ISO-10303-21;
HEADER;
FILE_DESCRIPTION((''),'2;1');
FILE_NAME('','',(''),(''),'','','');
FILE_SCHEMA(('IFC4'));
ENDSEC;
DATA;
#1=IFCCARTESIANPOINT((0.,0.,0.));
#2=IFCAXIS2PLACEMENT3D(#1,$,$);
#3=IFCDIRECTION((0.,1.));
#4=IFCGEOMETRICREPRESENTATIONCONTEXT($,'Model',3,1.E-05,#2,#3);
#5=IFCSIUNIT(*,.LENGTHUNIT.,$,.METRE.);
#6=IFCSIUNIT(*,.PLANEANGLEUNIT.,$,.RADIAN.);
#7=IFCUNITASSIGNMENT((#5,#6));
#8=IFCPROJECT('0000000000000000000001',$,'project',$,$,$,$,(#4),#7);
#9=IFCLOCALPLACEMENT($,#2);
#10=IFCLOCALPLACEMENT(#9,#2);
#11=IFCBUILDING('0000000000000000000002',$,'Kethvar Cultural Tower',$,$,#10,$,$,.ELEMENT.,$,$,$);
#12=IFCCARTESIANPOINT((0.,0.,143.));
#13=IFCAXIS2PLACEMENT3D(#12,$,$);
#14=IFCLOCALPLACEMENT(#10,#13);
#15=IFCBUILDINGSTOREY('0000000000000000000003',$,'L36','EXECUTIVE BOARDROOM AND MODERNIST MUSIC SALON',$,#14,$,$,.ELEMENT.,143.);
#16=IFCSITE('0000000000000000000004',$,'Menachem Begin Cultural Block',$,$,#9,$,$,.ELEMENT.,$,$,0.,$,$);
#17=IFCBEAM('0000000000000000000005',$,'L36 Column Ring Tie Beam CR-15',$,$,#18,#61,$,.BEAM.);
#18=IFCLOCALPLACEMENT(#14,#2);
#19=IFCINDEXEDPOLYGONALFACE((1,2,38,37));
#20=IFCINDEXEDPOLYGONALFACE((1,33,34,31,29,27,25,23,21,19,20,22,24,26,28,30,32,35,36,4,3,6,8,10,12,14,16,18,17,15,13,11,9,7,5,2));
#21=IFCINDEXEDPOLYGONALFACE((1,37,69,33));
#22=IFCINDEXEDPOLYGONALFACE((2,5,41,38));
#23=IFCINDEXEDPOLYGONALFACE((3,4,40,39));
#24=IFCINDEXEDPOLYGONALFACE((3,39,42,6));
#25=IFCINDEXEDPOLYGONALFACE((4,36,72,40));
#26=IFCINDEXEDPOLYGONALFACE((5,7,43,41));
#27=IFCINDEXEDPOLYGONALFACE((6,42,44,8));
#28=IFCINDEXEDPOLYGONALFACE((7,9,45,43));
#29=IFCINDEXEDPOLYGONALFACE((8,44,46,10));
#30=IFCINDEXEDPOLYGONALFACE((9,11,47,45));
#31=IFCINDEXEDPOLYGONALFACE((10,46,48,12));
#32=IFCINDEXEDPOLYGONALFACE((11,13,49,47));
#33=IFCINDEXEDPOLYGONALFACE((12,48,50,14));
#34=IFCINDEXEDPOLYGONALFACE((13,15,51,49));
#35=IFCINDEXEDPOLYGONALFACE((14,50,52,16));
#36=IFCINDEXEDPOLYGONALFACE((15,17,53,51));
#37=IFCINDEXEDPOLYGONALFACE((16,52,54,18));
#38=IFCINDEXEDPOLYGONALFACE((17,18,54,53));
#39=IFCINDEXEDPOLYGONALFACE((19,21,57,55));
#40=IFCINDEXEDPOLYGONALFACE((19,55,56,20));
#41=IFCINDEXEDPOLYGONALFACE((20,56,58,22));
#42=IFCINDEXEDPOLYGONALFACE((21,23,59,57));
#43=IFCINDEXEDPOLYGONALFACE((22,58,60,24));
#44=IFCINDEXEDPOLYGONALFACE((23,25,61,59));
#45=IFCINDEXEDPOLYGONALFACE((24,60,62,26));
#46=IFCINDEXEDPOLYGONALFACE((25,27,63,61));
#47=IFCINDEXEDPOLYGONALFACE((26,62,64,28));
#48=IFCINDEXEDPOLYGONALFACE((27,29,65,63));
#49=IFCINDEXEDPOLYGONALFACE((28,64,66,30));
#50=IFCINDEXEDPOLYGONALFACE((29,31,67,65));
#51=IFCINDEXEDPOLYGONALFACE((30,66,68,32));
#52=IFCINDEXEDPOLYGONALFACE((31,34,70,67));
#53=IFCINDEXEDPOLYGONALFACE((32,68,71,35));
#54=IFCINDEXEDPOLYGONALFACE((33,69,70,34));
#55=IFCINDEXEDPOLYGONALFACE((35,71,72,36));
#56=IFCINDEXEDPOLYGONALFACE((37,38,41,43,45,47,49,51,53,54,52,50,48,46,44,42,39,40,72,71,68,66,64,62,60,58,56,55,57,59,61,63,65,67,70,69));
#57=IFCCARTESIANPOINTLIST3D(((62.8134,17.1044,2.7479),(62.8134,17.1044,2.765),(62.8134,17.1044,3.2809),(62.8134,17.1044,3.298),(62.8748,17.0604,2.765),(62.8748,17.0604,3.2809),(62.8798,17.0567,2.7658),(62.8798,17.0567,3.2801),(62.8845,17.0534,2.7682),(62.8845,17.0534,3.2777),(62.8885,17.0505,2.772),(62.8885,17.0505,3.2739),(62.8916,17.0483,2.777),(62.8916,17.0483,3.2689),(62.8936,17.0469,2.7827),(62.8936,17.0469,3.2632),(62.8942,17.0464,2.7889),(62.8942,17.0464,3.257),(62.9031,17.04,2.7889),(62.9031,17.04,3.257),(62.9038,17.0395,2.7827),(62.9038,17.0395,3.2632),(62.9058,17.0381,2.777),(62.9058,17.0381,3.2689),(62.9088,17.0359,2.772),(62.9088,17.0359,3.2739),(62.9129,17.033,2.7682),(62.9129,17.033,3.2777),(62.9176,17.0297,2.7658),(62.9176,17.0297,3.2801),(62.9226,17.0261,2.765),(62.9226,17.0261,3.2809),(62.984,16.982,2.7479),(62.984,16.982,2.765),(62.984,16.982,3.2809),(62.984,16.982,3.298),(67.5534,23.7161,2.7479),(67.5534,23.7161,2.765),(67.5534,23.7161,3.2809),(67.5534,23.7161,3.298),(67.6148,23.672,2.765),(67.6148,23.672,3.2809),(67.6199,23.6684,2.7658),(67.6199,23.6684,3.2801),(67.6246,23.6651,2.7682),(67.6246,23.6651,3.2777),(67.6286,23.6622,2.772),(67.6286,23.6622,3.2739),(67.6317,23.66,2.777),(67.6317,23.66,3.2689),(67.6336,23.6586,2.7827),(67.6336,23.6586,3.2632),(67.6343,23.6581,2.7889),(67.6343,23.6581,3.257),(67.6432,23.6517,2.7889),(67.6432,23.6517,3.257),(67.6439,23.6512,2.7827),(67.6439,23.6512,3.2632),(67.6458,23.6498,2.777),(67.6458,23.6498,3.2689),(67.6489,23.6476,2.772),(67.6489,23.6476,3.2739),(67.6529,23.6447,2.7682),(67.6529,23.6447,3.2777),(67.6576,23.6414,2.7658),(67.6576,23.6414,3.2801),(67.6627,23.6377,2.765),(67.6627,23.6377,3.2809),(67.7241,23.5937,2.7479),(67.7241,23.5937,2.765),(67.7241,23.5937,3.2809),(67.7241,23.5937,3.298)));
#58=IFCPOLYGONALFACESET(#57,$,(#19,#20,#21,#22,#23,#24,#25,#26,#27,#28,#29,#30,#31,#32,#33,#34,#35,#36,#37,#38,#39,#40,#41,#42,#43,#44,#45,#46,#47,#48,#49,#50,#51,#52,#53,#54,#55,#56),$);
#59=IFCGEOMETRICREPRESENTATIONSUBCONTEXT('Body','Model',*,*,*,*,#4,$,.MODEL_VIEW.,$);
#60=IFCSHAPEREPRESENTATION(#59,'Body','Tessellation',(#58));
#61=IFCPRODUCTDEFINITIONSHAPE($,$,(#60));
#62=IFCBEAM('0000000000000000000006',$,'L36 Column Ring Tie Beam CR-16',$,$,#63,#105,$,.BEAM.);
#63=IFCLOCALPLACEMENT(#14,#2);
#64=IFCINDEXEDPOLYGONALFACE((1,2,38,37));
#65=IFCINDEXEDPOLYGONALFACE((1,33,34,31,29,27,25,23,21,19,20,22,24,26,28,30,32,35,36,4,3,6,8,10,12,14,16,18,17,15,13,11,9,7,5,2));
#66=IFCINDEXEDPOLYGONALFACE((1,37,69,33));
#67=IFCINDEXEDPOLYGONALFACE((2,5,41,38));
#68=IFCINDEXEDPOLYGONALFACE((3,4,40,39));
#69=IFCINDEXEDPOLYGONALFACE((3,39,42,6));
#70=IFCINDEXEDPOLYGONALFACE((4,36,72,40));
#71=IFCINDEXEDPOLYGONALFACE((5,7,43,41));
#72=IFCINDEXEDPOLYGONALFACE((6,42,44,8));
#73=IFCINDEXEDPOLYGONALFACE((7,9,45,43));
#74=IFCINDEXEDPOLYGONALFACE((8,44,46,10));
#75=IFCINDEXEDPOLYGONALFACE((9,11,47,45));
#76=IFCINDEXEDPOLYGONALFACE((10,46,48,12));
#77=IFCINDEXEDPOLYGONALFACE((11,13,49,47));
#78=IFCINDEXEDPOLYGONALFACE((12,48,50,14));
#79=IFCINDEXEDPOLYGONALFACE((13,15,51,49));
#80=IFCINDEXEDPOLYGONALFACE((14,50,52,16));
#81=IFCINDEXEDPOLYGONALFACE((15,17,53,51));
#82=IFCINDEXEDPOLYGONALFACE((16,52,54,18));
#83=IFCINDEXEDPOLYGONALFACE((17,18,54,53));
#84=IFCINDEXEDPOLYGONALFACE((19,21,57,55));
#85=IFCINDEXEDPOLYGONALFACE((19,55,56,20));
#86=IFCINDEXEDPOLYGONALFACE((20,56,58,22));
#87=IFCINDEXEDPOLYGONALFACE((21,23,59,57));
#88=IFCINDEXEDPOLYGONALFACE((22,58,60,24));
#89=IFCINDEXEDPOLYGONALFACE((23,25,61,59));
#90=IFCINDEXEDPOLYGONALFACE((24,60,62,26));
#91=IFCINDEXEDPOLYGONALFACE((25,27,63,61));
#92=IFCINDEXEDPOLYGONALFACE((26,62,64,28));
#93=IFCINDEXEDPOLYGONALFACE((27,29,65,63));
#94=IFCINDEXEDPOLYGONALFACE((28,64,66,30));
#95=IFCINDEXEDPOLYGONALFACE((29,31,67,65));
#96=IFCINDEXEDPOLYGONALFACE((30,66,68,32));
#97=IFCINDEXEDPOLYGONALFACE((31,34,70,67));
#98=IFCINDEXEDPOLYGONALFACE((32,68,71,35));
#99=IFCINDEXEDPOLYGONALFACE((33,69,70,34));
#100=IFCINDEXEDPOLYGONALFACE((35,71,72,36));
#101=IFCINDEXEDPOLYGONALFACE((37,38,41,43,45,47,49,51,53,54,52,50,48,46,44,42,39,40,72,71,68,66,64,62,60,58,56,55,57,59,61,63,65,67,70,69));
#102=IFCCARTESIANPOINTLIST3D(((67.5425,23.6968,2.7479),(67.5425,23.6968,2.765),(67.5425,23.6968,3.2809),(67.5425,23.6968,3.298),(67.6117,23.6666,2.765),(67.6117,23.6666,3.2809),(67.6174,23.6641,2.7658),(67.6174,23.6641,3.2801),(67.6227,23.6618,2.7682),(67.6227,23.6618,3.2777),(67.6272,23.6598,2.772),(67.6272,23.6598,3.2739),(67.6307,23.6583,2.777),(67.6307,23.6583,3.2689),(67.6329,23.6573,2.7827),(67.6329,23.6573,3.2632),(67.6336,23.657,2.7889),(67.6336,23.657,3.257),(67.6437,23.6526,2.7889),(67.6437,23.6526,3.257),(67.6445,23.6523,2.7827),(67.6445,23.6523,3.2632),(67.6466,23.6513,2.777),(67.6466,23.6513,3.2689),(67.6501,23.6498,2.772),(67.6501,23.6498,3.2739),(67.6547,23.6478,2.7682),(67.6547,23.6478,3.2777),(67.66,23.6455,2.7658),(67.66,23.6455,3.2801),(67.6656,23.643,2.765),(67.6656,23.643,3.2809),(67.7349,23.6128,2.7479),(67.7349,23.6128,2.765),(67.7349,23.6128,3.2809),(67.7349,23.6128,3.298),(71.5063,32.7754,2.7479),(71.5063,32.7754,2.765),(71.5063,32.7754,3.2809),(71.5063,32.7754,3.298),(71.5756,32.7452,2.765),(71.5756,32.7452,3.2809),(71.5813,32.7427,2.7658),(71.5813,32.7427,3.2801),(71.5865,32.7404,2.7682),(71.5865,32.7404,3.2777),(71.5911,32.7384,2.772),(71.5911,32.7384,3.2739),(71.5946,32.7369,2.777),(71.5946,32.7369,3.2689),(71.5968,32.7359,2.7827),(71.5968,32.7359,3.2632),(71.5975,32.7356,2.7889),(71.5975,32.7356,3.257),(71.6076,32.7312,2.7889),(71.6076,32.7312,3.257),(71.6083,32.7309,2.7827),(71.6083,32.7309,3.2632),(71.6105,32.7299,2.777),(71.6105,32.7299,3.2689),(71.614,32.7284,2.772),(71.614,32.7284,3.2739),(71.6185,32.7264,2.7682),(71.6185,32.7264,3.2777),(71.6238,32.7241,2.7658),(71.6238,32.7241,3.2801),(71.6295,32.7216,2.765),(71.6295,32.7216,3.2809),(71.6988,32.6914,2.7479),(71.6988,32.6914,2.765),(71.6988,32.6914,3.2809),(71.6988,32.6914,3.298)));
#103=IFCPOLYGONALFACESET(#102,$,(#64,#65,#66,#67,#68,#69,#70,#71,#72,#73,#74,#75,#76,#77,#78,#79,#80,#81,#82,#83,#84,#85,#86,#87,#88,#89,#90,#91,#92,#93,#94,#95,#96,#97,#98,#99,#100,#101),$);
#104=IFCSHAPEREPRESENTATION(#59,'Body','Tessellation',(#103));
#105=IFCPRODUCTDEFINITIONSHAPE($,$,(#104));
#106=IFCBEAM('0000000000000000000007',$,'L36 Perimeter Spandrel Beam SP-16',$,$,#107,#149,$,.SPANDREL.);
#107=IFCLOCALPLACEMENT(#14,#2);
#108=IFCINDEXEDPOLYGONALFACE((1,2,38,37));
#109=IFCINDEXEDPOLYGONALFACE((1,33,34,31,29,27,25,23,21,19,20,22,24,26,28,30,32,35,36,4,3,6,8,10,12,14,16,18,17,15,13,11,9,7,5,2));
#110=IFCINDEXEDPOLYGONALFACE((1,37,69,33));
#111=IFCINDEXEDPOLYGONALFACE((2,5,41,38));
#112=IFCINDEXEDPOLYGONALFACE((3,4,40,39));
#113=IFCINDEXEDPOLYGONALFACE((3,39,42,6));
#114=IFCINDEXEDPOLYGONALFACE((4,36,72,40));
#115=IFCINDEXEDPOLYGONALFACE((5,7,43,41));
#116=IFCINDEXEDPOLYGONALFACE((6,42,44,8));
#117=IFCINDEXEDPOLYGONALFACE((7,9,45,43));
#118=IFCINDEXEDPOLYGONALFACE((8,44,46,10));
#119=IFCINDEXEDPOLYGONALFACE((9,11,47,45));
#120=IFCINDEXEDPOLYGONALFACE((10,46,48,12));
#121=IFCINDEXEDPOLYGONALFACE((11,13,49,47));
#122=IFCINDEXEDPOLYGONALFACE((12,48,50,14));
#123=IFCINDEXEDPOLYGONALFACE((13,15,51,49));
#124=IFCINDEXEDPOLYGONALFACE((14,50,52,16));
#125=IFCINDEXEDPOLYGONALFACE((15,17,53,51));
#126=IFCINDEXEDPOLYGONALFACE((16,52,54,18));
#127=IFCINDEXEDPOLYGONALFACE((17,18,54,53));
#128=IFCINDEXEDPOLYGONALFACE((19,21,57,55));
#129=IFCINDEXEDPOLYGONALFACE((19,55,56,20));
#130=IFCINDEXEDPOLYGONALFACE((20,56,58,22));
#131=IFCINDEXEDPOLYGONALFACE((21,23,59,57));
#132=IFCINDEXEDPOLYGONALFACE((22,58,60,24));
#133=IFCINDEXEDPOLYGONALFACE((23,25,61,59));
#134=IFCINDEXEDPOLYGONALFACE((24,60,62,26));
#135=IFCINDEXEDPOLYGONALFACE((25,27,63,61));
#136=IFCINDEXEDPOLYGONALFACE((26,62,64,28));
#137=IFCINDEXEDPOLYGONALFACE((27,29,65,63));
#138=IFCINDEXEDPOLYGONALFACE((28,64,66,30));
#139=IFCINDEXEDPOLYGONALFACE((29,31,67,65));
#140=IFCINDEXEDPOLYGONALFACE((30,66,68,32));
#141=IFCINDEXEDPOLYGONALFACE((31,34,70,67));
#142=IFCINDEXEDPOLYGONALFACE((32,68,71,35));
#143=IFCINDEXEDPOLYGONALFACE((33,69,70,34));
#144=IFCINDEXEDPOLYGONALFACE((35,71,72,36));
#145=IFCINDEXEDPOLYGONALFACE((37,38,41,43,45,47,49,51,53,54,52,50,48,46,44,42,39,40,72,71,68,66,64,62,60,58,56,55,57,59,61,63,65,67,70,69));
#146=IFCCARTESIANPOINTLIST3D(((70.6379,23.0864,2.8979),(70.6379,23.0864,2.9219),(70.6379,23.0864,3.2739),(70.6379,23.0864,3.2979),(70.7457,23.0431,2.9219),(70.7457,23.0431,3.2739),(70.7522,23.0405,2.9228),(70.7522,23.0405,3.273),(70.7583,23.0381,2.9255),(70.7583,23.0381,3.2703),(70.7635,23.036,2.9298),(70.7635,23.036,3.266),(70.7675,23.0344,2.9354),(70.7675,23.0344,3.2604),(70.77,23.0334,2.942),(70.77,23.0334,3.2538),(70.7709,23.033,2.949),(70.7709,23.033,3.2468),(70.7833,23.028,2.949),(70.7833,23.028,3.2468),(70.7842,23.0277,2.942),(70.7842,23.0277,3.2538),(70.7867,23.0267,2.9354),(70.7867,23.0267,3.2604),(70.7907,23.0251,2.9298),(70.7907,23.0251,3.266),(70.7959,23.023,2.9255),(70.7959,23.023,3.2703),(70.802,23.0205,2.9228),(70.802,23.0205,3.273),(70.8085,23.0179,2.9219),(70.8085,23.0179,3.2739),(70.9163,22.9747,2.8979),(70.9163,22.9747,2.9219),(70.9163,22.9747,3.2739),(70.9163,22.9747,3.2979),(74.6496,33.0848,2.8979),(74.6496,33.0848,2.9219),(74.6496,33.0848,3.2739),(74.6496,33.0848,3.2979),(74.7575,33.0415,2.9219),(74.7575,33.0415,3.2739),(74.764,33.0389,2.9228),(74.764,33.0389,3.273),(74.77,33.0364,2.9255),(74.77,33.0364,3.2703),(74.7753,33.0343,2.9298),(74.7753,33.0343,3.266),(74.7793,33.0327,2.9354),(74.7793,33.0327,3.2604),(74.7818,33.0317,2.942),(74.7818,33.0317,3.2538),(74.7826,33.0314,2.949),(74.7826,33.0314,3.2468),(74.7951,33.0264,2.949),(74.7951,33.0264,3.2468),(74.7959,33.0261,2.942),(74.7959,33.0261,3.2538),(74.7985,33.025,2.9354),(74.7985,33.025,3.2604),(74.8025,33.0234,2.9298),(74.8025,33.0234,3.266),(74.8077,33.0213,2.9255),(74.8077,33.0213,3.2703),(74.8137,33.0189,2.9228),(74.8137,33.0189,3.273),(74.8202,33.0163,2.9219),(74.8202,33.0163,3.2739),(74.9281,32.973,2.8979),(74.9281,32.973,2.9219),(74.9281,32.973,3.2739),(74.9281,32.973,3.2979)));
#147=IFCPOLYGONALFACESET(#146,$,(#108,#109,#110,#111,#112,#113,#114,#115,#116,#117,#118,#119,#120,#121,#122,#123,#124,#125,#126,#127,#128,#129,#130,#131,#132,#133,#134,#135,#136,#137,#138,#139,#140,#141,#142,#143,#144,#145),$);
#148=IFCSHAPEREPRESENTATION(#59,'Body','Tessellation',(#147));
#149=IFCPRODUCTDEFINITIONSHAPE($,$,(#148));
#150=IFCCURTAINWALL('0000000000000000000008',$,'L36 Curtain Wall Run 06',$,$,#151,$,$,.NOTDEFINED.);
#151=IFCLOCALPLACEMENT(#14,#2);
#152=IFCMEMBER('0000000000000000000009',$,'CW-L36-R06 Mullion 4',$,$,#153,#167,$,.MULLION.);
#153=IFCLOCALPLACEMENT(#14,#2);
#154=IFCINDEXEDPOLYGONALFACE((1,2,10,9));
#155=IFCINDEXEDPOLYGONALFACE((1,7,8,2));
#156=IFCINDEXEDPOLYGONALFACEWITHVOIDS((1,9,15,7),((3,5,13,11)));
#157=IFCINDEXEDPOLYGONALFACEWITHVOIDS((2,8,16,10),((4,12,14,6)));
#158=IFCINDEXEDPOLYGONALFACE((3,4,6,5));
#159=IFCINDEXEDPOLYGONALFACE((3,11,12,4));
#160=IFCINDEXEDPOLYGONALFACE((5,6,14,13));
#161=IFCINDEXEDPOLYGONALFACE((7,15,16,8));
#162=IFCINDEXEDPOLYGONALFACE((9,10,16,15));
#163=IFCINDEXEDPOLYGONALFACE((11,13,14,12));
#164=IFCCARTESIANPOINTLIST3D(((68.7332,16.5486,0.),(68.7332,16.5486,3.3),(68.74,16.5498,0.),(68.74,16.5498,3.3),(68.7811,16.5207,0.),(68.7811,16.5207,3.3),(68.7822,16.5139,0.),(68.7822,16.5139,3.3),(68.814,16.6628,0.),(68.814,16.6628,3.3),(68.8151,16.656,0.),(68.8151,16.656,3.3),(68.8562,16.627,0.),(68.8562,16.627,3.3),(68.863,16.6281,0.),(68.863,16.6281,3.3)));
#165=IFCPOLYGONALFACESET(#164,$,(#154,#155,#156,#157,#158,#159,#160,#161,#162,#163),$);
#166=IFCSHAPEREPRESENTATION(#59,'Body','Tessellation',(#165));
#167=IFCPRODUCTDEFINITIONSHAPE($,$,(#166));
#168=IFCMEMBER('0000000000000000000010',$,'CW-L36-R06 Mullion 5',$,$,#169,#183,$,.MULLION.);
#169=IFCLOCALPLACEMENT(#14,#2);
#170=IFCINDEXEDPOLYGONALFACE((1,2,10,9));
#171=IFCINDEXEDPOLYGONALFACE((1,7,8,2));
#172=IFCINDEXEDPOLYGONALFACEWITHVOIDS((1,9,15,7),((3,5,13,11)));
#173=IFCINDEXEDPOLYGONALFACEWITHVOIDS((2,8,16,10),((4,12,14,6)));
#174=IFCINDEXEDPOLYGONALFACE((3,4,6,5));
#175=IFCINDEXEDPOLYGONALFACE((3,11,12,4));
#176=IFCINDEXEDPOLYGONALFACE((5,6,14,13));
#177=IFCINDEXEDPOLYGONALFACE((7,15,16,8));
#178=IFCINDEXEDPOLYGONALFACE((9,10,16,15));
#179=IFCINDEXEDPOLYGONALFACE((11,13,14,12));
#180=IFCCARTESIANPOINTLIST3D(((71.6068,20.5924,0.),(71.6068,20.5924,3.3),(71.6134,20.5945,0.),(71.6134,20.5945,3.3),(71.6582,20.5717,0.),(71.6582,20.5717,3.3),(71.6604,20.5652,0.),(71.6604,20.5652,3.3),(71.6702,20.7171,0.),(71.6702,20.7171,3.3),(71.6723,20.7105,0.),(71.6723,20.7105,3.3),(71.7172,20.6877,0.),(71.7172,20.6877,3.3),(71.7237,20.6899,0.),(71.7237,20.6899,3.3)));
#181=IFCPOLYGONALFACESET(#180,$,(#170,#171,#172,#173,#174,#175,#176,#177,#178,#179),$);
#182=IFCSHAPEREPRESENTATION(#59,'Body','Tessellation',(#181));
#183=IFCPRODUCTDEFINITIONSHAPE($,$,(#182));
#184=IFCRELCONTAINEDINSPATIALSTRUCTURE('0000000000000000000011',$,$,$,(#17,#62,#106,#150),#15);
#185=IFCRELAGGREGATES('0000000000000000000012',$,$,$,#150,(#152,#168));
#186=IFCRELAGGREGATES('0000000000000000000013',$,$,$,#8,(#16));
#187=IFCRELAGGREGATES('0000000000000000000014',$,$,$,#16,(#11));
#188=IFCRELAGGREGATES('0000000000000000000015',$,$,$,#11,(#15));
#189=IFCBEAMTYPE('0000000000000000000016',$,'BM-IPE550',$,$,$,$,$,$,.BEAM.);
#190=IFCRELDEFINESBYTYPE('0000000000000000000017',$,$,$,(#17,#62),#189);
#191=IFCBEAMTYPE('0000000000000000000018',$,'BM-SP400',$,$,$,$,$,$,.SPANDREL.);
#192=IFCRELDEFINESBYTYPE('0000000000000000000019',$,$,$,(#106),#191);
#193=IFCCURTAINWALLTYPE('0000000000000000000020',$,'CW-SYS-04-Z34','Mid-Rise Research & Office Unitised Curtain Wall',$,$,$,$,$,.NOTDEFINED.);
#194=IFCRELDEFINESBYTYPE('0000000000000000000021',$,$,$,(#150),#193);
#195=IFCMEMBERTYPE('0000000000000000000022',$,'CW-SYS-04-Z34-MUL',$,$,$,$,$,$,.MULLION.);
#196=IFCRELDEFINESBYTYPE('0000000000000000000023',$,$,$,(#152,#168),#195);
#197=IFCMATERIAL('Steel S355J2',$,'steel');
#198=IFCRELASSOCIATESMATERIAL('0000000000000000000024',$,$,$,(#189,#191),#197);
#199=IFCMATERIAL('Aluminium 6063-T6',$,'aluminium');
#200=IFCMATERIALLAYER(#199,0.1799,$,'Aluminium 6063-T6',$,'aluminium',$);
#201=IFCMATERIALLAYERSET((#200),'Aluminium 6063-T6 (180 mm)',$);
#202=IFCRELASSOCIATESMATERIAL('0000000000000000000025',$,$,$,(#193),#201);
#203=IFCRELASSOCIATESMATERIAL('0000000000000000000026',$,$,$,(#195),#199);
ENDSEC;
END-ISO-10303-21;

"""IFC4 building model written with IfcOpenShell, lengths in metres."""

from ifc_helpers import new_model, si_unit, direction, frame, origin, origin_2d, place, context, subcontext, project, spatial, hollow_rectangle, i_section, extrude, source, transform, mapped, material, layer, layer_set, material_profile, profile_set, type_object, element, aggregate, save


model = new_model("IFC4")

# Units and contexts
model_context = context("Model", 3, precision=1e-05, world=origin(), true_north=direction((0.0, 1.0)))
body_context = subcontext(model_context, "Body", "Model", "MODEL_VIEW")
ifc_project = project(units=[si_unit("LENGTHUNIT", "METRE"), si_unit("PLANEANGLEUNIT", "RADIAN")], contexts=[model_context])

# Site, building, storey
site_placement = place(None, origin())
site = spatial("IfcSite", under=ifc_project, at=site_placement, Name="Menachem Begin Cultural Block", CompositionType="ELEMENT", RefElevation=0.0)
building_placement = place(site_placement, origin())
building = spatial("IfcBuilding", under=site, at=building_placement, Name="Kethvar Cultural Tower", CompositionType="ELEMENT")
storey_placement = place(building_placement, frame((0.0, 0.0, 143.0)))
storey = spatial("IfcBuildingStorey", under=building, at=storey_placement, Name="L36", Description="EXECUTIVE BOARDROOM AND MODERNIST MUSIC SALON", CompositionType="ELEMENT", Elevation=143.0)

# Beams
ifc_material_1 = material(Name="Steel S355J2", Category="steel")
ifc_material_profile_1 = material_profile(ifc_material_1, i_section(OverallWidth=0.21, OverallDepth=0.55, WebThickness=0.011, FlangeThickness=0.0171, FilletRadius=0.0239, at=origin_2d()), Name="Steel S355J2 — IPE550")
ifc_profile_set_1 = profile_set([ifc_material_profile_1], Name="Steel S355J2 — IPE550")
beam_type_1 = type_object("IfcBeamType", Name="BM-IPE550", PredefinedType="BEAM", material=ifc_profile_set_1)
shared_shape_1 = source(origin(), body_context, "Body", "SweptSolid", [
    extrude(i_section(OverallWidth=0.21, OverallDepth=0.55, WebThickness=0.011, FlangeThickness=0.0171, FilletRadius=0.0239, at=origin_2d()), origin(), (0.0, 0.0, 1.0), 8.1353),
])
beam_1_placement = place(storey_placement, frame((62.8987, 17.0432, 3.0229), z_axis=(0.582657, 0.812718, 0.0), x_axis=(-0.812718, 0.582657, 0.0)))
element("IfcBeam", 1, at=beam_1_placement, inside=storey, type_object=beam_type_1, Name="L36 Column Ring Tie Beam CR-15", PredefinedType="BEAM", context=body_context, shape_type="MappedRepresentation", body=[
    mapped(shared_shape_1, transform((0.0, 0.0, 0.0), scale=1.0)),
])
shared_shape_2 = source(origin(), body_context, "Body", "SweptSolid", [
    extrude(i_section(OverallWidth=0.21, OverallDepth=0.55, WebThickness=0.011, FlangeThickness=0.0171, FilletRadius=0.0239, at=origin_2d()), origin(), (0.0, 0.0, 1.0), 9.9062),
])
beam_2_placement = place(storey_placement, frame((67.6387, 23.6548, 3.0229), z_axis=(0.400139, 0.916455, 0.0), x_axis=(-0.916455, 0.400139, 0.0)))
element("IfcBeam", 2, at=beam_2_placement, inside=storey, type_object=beam_type_1, Name="L36 Column Ring Tie Beam CR-16", PredefinedType="BEAM", context=body_context, shape_type="MappedRepresentation", body=[
    mapped(shared_shape_2, transform((0.0, 0.0, 0.0), scale=1.0)),
])
ifc_material_profile_2 = material_profile(ifc_material_1, i_section(OverallWidth=0.3, OverallDepth=0.3999, WebThickness=0.0134, FlangeThickness=0.0239, FilletRadius=0.0271, at=origin_2d()), Name="Steel S355J2 — HEB400")
ifc_profile_set_2 = profile_set([ifc_material_profile_2], Name="Steel S355J2 — HEB400")
beam_type_2 = type_object("IfcBeamType", Name="BM-SP400", PredefinedType="SPANDREL", material=ifc_profile_set_2)
shared_shape_3 = source(origin(), body_context, "Body", "SweptSolid", [
    extrude(i_section(OverallWidth=0.3, OverallDepth=0.3999, WebThickness=0.0134, FlangeThickness=0.0239, FilletRadius=0.0271, at=origin_2d()), origin(), (0.0, 0.0, 1.0), 10.7732),
])
beam_3_placement = place(storey_placement, frame((70.7771, 23.0305, 3.0979), z_axis=(0.372383, 0.928079, 0.0), x_axis=(-0.928079, 0.372383, 0.0)))
element("IfcBeam", 3, at=beam_3_placement, inside=storey, type_object=beam_type_2, Name="L36 Perimeter Spandrel Beam SP-16", PredefinedType="SPANDREL", context=body_context, shape_type="MappedRepresentation", body=[
    mapped(shared_shape_3, transform((0.0, 0.0, 0.0), scale=1.0)),
])

# Curtain wall, members
ifc_material_2 = material(Name="Aluminium 6063-T6", Category="aluminium")
ifc_layer_1 = layer(ifc_material_2, 0.1799, Name="Aluminium 6063-T6", Category="aluminium")
ifc_layer_set_1 = layer_set([ifc_layer_1], Name="Aluminium 6063-T6 (180 mm)")
curtain_wall_type = type_object("IfcCurtainWallType", Name="CW-SYS-04-Z34", Description="Mid-Rise Research & Office Unitised Curtain Wall", PredefinedType="NOTDEFINED", material=ifc_layer_set_1)
curtain_wall_placement = place(storey_placement, origin())
curtain_wall = element("IfcCurtainWall", 4, at=curtain_wall_placement, inside=storey, type_object=curtain_wall_type, Name="L36 Curtain Wall Run 06", PredefinedType="NOTDEFINED")
ifc_material_profile_3 = material_profile(ifc_material_2, hollow_rectangle(XDim=0.0601, YDim=0.1399, WallThickness=0.0049, at=origin_2d()), Name="Aluminium 6063-T6 — RHS140x60x5")
ifc_profile_set_3 = profile_set([ifc_material_profile_3], Name="Aluminium 6063-T6 — RHS140x60x5")
member_type_1 = type_object("IfcMemberType", Name="CW-SYS-04-Z34-MUL", PredefinedType="MULLION", material=ifc_profile_set_3)
shared_shape_4 = source(origin(), body_context, "Body", "SweptSolid", [
    extrude(hollow_rectangle(XDim=0.0601, YDim=0.1399, WallThickness=0.0049, at=origin_2d()), origin(), (0.0, 0.0, 1.0), 3.3),
])
member_1_placement = place(storey_placement, frame((68.7981, 16.5884, 0.0), z_axis=(0.0, 0.0, 1.0), x_axis=(-0.81647, 0.577387, 0.0)))
member_1 = element("IfcMember", 5, at=member_1_placement, type_object=member_type_1, Name="CW-L36-R06 Mullion 4", PredefinedType="MULLION", context=body_context, shape_type="MappedRepresentation", body=[
    mapped(shared_shape_4, transform((0.0, 0.0, 0.0), scale=1.0)),
])
member_2_placement = place(storey_placement, frame((71.6653, 20.6411, 0.0), z_axis=(0.0, 0.0, 1.0), x_axis=(-0.891529, 0.452964, 0.0)))
member_2 = element("IfcMember", 6, at=member_2_placement, type_object=member_type_1, Name="CW-L36-R06 Mullion 5", PredefinedType="MULLION", context=body_context, shape_type="MappedRepresentation", body=[
    mapped(shared_shape_4, transform((0.0, 0.0, 0.0), scale=1.0)),
])
aggregate(curtain_wall, [member_1, member_2])

save(model, "model.ifc")
